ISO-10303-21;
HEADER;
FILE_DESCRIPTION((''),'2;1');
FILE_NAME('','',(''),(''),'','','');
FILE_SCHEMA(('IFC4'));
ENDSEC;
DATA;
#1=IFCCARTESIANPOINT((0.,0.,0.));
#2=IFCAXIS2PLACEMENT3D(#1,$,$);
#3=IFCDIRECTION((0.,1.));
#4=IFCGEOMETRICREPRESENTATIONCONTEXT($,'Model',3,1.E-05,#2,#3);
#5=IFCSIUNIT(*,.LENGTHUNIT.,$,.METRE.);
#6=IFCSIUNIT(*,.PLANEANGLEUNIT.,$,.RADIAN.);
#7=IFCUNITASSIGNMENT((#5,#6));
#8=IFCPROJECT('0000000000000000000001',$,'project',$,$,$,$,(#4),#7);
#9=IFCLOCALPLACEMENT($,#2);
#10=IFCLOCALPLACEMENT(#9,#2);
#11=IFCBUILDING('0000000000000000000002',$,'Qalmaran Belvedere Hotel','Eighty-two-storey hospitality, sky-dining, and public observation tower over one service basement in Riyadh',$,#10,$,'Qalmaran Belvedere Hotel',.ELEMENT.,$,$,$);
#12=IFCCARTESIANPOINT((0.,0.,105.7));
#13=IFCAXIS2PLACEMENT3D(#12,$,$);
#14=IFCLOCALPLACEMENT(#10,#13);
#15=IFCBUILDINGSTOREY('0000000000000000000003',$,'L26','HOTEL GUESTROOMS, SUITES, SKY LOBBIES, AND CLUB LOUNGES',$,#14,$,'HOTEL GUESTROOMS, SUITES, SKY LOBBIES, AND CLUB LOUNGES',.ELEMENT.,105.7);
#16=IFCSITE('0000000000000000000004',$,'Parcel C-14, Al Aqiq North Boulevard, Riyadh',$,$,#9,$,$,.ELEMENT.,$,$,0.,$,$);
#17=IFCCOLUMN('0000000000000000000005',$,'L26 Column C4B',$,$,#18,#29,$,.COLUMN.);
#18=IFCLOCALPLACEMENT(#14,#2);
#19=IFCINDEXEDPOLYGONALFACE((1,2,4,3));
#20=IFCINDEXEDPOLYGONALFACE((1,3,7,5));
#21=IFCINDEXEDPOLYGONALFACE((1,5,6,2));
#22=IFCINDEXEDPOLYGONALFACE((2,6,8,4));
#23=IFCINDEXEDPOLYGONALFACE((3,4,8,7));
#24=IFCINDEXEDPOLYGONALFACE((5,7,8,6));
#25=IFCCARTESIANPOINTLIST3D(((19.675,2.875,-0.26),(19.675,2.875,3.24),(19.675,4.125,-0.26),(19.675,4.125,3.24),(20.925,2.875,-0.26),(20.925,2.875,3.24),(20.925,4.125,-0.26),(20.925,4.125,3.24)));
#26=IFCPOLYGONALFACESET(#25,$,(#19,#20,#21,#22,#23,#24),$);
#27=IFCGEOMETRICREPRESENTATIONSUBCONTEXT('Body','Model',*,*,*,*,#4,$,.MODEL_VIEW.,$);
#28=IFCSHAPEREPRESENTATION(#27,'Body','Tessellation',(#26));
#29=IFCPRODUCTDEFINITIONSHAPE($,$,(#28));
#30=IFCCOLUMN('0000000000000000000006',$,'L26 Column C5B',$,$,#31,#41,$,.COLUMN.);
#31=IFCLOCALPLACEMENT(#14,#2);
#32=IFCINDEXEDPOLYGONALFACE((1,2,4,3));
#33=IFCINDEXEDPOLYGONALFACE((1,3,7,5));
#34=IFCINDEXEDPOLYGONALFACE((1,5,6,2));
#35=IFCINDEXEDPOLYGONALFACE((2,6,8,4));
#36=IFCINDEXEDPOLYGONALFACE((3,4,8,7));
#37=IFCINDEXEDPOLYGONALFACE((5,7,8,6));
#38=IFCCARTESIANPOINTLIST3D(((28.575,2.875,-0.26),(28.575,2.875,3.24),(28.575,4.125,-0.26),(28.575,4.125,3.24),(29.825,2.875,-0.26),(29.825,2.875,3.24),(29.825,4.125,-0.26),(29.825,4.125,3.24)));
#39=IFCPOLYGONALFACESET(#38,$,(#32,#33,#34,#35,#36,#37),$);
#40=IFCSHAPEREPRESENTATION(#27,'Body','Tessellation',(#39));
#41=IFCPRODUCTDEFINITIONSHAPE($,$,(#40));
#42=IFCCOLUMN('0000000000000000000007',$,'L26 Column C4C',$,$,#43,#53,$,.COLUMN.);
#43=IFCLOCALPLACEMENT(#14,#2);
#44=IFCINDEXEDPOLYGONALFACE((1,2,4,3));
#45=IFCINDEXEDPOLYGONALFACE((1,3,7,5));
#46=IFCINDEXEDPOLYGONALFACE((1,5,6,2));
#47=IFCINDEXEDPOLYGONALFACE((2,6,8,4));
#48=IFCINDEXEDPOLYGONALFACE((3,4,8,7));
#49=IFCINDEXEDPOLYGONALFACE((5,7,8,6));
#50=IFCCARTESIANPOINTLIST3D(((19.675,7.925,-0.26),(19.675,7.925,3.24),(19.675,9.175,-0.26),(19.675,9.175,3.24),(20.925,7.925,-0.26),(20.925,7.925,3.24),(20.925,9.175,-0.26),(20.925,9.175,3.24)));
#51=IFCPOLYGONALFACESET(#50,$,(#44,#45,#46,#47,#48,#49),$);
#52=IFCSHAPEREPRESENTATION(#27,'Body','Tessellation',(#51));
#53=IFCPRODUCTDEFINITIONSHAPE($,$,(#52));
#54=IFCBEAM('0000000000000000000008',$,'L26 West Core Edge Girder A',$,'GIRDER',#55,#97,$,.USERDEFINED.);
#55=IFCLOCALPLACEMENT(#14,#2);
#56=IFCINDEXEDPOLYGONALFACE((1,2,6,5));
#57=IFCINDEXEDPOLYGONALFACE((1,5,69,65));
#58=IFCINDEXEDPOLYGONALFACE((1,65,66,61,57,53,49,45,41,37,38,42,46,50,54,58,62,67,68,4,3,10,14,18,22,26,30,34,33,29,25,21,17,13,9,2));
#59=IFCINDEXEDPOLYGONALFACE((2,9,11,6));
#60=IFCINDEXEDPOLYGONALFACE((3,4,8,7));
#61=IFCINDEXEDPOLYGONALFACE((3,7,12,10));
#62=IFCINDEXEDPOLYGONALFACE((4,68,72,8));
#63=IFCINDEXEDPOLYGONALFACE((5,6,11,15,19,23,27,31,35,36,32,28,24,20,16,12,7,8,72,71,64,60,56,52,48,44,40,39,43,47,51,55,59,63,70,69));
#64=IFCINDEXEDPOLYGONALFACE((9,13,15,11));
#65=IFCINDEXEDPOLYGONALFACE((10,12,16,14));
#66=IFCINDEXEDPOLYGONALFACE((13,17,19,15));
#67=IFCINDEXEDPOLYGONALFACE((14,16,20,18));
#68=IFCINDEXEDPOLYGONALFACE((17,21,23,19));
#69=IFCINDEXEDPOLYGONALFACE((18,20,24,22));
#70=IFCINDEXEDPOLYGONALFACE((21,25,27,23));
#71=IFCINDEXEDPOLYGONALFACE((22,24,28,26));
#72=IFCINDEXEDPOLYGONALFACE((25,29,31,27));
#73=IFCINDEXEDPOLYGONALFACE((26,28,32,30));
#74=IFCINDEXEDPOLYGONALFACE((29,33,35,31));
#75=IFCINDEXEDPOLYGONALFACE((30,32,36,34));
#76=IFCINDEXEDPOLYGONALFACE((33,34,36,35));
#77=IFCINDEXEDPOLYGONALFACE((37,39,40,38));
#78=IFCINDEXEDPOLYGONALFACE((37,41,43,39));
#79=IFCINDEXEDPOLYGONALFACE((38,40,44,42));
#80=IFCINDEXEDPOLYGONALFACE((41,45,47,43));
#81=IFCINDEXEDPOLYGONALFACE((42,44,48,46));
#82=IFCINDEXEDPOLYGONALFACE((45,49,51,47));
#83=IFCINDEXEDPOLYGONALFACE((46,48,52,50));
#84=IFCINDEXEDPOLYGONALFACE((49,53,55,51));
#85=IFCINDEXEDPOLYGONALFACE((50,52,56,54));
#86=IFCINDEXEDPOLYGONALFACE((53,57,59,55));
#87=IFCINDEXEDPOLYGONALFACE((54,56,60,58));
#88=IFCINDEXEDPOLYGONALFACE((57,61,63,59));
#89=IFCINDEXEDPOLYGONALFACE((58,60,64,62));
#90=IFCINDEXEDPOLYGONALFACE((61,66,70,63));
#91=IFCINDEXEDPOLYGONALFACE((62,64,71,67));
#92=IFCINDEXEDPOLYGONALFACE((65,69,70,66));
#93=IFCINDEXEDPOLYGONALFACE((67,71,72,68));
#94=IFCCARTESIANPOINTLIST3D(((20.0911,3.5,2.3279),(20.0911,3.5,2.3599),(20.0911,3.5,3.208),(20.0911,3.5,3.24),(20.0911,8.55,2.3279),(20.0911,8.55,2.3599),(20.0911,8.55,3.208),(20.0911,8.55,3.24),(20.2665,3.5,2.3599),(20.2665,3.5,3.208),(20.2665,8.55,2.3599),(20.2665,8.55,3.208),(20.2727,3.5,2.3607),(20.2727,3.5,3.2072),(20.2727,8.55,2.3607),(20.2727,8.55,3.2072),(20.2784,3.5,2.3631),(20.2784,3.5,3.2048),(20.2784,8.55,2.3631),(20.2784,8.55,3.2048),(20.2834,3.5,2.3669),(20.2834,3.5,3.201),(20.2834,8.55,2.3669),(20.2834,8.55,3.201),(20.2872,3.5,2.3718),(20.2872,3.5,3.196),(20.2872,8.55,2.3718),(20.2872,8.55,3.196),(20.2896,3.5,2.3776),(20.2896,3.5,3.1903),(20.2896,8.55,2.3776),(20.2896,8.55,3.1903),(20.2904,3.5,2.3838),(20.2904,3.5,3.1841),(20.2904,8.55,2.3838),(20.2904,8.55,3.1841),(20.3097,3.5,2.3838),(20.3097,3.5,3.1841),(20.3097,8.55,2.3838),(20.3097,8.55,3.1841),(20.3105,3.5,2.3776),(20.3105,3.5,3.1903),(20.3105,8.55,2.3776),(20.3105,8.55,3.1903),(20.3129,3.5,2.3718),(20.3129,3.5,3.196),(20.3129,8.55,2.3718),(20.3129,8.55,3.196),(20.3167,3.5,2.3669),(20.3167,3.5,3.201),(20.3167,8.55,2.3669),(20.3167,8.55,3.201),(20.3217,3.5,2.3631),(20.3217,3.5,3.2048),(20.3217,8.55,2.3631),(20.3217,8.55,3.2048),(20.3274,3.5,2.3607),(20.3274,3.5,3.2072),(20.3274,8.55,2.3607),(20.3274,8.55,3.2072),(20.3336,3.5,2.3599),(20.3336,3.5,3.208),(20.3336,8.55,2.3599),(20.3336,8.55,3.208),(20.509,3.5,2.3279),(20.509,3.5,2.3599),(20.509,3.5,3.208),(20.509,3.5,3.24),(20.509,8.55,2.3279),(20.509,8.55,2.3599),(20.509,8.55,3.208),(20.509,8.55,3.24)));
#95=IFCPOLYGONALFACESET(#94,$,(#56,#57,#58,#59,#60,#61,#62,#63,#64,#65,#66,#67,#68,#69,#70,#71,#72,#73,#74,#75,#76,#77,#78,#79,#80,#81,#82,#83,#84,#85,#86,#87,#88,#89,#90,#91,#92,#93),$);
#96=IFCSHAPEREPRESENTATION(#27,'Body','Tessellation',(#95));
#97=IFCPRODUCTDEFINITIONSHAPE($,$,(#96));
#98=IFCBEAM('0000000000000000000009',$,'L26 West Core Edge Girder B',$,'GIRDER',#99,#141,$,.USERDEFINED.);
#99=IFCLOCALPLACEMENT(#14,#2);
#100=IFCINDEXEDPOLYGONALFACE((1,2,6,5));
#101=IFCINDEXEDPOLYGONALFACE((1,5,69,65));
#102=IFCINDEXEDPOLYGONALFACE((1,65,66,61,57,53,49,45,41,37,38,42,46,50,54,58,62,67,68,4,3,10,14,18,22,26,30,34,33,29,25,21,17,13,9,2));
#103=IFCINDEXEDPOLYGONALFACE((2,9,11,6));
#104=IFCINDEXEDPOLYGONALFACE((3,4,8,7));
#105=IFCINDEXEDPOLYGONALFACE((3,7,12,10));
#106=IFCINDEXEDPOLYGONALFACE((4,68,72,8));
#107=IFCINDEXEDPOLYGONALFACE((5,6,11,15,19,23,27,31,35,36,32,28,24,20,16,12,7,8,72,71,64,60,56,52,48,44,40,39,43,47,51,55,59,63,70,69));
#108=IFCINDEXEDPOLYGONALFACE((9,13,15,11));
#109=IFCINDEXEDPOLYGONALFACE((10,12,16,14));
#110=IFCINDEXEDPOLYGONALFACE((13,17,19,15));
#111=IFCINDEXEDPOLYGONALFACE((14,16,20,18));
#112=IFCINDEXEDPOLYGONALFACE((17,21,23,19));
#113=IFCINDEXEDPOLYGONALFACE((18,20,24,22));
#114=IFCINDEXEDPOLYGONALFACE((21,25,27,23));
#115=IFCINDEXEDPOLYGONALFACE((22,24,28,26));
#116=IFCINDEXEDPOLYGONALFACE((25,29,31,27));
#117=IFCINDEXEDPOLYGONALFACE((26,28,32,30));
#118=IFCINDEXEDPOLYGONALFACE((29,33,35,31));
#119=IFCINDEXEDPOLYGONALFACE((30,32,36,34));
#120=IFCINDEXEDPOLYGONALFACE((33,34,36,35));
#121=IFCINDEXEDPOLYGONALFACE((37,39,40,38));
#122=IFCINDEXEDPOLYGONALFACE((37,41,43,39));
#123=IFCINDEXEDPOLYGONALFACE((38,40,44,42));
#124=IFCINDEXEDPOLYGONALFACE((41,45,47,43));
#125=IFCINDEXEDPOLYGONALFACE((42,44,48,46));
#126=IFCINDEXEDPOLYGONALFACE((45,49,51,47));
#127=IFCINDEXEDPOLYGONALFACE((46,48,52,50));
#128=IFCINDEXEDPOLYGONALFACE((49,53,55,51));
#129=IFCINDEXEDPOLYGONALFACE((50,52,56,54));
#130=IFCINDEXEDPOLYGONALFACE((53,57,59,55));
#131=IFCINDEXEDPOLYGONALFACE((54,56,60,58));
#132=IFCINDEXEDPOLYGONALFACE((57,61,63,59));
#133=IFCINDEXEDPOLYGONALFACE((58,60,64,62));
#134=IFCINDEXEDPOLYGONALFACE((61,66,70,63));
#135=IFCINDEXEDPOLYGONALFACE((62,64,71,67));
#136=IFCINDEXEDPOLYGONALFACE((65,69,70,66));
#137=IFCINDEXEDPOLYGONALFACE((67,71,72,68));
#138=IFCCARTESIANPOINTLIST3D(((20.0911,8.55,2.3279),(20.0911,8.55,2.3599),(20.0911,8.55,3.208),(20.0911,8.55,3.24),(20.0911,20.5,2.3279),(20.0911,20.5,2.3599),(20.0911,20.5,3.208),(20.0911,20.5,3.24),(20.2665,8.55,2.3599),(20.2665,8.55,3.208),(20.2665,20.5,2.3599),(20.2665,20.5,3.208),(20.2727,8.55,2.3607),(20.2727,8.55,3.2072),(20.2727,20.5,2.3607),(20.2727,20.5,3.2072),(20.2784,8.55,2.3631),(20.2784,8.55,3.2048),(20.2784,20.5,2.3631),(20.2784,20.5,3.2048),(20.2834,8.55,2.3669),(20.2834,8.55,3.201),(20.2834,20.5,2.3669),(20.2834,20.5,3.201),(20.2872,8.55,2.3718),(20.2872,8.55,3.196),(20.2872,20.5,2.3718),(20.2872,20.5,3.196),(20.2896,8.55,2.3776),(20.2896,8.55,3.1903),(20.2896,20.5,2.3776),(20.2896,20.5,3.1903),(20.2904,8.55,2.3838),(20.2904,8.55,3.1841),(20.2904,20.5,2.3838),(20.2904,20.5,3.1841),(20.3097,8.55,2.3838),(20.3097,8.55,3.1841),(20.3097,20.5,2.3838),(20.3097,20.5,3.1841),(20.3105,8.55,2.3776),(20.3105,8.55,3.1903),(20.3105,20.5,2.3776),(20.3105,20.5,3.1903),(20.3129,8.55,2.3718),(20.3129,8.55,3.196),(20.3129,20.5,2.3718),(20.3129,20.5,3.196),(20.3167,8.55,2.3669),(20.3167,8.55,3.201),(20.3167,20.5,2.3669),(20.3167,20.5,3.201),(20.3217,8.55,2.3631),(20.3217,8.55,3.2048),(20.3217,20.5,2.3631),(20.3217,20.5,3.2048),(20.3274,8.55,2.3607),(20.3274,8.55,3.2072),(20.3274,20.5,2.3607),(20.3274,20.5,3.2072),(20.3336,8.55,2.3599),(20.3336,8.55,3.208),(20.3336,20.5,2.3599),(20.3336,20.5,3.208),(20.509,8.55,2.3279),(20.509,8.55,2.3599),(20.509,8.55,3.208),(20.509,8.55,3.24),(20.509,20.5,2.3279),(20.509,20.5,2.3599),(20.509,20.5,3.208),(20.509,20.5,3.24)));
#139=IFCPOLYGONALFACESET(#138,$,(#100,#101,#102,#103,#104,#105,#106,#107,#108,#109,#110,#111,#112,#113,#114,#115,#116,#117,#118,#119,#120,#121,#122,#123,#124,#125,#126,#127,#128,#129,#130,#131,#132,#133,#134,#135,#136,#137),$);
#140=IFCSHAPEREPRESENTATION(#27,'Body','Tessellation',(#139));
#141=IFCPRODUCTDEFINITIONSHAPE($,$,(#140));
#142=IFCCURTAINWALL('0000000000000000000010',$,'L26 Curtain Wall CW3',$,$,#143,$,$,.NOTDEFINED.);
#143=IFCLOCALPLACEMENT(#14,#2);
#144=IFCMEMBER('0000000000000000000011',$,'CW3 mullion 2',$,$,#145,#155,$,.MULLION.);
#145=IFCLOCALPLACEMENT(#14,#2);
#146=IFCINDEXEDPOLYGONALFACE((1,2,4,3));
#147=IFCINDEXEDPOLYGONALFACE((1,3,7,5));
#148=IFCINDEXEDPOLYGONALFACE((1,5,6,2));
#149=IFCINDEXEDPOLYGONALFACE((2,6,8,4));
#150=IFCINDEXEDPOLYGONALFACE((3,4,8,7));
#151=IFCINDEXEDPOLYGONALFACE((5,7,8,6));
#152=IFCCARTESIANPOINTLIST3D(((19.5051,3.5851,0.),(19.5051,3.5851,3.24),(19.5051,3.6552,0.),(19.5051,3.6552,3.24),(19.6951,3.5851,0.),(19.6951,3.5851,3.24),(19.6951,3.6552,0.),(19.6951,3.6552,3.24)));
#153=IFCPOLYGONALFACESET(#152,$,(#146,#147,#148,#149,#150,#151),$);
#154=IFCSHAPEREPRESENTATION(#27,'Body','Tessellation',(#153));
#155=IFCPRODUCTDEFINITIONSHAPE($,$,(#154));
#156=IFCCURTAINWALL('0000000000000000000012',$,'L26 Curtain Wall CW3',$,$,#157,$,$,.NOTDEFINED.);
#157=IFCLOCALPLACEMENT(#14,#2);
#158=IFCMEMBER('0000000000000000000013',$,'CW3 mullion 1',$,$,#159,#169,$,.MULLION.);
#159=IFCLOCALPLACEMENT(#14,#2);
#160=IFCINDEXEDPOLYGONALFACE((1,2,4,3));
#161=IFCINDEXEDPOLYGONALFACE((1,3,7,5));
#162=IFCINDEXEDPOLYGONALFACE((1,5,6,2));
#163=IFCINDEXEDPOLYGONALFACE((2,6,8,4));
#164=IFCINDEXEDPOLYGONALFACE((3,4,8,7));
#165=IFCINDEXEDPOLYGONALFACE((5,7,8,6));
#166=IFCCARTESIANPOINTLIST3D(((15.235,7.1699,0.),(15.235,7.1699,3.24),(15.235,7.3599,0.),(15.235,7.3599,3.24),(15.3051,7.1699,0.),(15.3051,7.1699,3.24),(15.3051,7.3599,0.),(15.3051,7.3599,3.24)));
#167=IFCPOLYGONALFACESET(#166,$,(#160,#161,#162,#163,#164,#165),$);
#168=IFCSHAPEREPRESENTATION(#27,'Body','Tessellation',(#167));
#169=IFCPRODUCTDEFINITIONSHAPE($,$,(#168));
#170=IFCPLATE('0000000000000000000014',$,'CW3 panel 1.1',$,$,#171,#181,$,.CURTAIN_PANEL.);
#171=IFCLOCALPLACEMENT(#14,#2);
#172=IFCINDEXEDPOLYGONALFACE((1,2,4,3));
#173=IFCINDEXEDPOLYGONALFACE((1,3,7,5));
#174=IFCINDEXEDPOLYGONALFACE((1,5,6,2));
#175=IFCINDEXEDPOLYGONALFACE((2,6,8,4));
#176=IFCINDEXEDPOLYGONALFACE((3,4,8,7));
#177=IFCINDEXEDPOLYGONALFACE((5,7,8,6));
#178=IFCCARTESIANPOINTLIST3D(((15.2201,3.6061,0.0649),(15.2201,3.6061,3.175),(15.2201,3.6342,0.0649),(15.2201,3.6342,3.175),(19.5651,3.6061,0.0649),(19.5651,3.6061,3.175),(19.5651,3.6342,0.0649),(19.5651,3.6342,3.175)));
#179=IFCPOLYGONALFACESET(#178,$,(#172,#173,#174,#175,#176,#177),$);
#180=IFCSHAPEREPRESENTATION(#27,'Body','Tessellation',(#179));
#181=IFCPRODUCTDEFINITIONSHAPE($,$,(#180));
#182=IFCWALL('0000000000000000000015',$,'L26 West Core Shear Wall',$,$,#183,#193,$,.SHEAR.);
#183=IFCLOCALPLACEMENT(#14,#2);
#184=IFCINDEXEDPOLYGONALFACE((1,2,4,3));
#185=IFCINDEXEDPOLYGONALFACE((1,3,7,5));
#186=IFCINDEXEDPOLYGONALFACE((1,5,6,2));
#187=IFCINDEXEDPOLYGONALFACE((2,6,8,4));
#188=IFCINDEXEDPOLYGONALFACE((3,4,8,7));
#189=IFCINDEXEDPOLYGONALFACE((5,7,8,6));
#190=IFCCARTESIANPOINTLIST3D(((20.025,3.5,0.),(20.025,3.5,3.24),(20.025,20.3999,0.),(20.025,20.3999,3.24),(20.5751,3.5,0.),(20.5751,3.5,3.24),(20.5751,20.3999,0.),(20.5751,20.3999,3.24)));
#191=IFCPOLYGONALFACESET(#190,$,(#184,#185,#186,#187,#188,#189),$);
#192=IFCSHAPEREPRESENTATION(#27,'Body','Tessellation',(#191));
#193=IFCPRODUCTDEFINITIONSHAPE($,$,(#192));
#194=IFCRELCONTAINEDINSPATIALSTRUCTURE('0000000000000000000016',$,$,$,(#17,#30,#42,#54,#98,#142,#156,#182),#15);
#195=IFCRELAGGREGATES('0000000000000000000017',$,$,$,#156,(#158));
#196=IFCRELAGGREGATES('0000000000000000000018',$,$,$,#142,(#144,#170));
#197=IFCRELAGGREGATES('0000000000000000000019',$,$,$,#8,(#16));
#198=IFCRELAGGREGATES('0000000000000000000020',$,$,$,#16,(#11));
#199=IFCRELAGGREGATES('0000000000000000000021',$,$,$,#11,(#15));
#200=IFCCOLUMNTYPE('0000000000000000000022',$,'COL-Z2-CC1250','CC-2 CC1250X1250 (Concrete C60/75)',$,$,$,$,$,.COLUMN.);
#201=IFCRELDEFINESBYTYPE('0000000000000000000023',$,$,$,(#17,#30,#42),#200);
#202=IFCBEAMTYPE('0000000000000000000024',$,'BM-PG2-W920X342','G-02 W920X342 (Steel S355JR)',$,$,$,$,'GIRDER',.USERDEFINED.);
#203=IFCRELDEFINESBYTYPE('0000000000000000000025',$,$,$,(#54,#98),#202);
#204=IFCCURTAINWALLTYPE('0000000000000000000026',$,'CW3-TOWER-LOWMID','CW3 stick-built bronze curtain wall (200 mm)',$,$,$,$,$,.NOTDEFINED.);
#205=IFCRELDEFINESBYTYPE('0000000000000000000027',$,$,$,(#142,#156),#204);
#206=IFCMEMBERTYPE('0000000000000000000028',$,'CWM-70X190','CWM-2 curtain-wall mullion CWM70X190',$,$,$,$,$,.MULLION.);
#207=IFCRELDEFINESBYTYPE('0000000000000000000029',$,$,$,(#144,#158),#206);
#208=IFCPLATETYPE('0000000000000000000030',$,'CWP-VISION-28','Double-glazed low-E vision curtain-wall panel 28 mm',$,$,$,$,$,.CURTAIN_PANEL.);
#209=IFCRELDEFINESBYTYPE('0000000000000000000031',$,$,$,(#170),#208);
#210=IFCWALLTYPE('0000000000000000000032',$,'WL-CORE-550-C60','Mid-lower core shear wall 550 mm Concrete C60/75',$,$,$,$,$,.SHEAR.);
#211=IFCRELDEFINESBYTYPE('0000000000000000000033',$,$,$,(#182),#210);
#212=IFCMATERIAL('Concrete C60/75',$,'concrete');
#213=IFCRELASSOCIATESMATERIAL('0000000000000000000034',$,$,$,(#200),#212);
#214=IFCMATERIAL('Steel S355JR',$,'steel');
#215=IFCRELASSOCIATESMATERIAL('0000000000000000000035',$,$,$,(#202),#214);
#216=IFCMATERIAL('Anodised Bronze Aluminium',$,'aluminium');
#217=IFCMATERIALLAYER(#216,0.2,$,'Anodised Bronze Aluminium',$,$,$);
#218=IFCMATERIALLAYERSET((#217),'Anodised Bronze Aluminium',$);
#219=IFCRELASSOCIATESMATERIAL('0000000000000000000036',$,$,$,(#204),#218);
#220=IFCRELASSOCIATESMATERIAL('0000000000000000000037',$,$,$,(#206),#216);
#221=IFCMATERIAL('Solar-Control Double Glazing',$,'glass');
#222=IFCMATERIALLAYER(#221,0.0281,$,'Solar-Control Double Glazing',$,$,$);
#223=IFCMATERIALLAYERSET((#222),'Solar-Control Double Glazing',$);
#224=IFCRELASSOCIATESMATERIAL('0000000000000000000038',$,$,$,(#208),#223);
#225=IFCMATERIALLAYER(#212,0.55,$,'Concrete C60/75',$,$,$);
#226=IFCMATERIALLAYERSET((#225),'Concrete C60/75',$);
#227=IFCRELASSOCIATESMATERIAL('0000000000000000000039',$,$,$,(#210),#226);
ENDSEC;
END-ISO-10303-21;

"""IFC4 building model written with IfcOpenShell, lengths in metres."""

from ifc_helpers import new_model, si_unit, direction, frame, frame_2d, origin, origin_2d, place, context, subcontext, project, spatial, rectangle, i_section, extrude, material, layer, layer_set, material_profile, profile_set, type_object, element, aggregate, save


model = new_model("IFC4")

# Units and contexts
model_context = context("Model", 3, precision=1e-05, world=origin(), true_north=direction((0.0, 1.0)))
body_context = subcontext(model_context, "Body", "Model", "MODEL_VIEW")
ifc_project = project(units=[si_unit("LENGTHUNIT", "METRE"), si_unit("PLANEANGLEUNIT", "RADIAN")], contexts=[model_context])

# Site, building, storey
site_placement = place(None, origin())
site = spatial("IfcSite", under=ifc_project, at=site_placement, Name="Parcel C-14, Al Aqiq North Boulevard, Riyadh", CompositionType="ELEMENT", RefElevation=0.0)
building_placement = place(site_placement, origin())
building = spatial("IfcBuilding", under=site, at=building_placement, Name="Qalmaran Belvedere Hotel", Description="Eighty-two-storey hospitality, sky-dining, and public observation tower over one service basement in Riyadh", LongName="Qalmaran Belvedere Hotel", CompositionType="ELEMENT")
storey_placement = place(building_placement, frame((0.0, 0.0, 105.7)))
storey = spatial("IfcBuildingStorey", under=building, at=storey_placement, Name="L26", Description="HOTEL GUESTROOMS, SUITES, SKY LOBBIES, AND CLUB LOUNGES", LongName="HOTEL GUESTROOMS, SUITES, SKY LOBBIES, AND CLUB LOUNGES", CompositionType="ELEMENT", Elevation=105.7)

# Columns
ifc_material_1 = material(Name="Concrete C60/75", Category="concrete")
ifc_material_profile_1 = material_profile(ifc_material_1, rectangle(XDim=1.25, YDim=1.25, at=origin_2d()), Name="CC1250X1250")
ifc_profile_set_1 = profile_set([ifc_material_profile_1], Name="Concrete C60/75")
column_type = type_object("IfcColumnType", Name="COL-Z2-CC1250", Description="CC-2 CC1250X1250 (Concrete C60/75)", PredefinedType="COLUMN", material=ifc_profile_set_1)
for number, where, z_axis, x_axis, name in (
    (1, (20.3, 3.5, -0.26), (0.0, 0.0, 1.0), (1.0, 0.0, 0.0), "L26 Column C4B"),
    (2, (29.2, 3.5, -0.26), (0.0, 0.0, 1.0), (1.0, 0.0, 0.0), "L26 Column C5B"),
    (3, (20.3, 8.55, -0.26), (0.0, 0.0, 1.0), (1.0, 0.0, 0.0), "L26 Column C4C"),
):
    element("IfcColumn", number, at=place(storey_placement, frame(where, z_axis=z_axis, x_axis=x_axis)), inside=storey, type_object=column_type, Name=name, PredefinedType="COLUMN", context=body_context, shape_type="SweptSolid", body=[
        extrude(rectangle(XDim=1.25, YDim=1.25, at=origin_2d()), origin(), (0.0, 0.0, 1.0), 3.5),
    ])

# Beams
ifc_material_2 = material(Name="Steel S355JR", Category="steel")
ifc_material_profile_2 = material_profile(ifc_material_2, i_section(OverallWidth=0.418, OverallDepth=0.9121, WebThickness=0.0193, FlangeThickness=0.032, FilletRadius=0.0239, at=origin_2d()), Name="W920X342")
ifc_profile_set_2 = profile_set([ifc_material_profile_2], Name="Steel S355JR")
beam_type = type_object("IfcBeamType", Name="BM-PG2-W920X342", Description="G-02 W920X342 (Steel S355JR)", ElementType="GIRDER", PredefinedType="USERDEFINED", material=ifc_profile_set_2)
beam_1_placement = place(storey_placement, frame((20.3, 3.5, 2.7839), z_axis=(0.0, 1.0, 0.0), x_axis=(-1.0, 0.0, 0.0)))
element("IfcBeam", 4, at=beam_1_placement, inside=storey, type_object=beam_type, Name="L26 West Core Edge Girder A", ObjectType="GIRDER", PredefinedType="USERDEFINED", context=body_context, shape_type="SweptSolid", body=[
    extrude(i_section(OverallWidth=0.418, OverallDepth=0.9121, WebThickness=0.0193, FlangeThickness=0.032, FilletRadius=0.0239, at=origin_2d()), origin(), (0.0, 0.0, 1.0), 5.05),
])
beam_2_placement = place(storey_placement, frame((20.3, 8.55, 2.7839), z_axis=(0.0, 1.0, 0.0), x_axis=(-1.0, 0.0, 0.0)))
element("IfcBeam", 5, at=beam_2_placement, inside=storey, type_object=beam_type, Name="L26 West Core Edge Girder B", ObjectType="GIRDER", PredefinedType="USERDEFINED", context=body_context, shape_type="SweptSolid", body=[
    extrude(i_section(OverallWidth=0.418, OverallDepth=0.9121, WebThickness=0.0193, FlangeThickness=0.032, FilletRadius=0.0239, at=origin_2d()), origin(), (0.0, 0.0, 1.0), 11.95),
])

# Curtain walls, members
ifc_material_3 = material(Name="Anodised Bronze Aluminium", Category="aluminium")
ifc_layer_1 = layer(ifc_material_3, 0.2, Name="Anodised Bronze Aluminium")
ifc_layer_set_1 = layer_set([ifc_layer_1], Name="Anodised Bronze Aluminium")
curtain_wall_type = type_object("IfcCurtainWallType", Name="CW3-TOWER-LOWMID", Description="CW3 stick-built bronze curtain wall (200 mm)", PredefinedType="NOTDEFINED", material=ifc_layer_set_1)
curtain_wall_1_placement = place(storey_placement, origin())
curtain_wall_1 = element("IfcCurtainWall", 6, at=curtain_wall_1_placement, inside=storey, type_object=curtain_wall_type, Name="L26 Curtain Wall CW3", PredefinedType="NOTDEFINED")
ifc_material_profile_3 = material_profile(ifc_material_3, rectangle(XDim=0.0701, YDim=0.1899, at=origin_2d()), Name="CWM70X190")
ifc_profile_set_3 = profile_set([ifc_material_profile_3], Name="Anodised Bronze Aluminium")
member_type = type_object("IfcMemberType", Name="CWM-70X190", Description="CWM-2 curtain-wall mullion CWM70X190", PredefinedType="MULLION", material=ifc_profile_set_3)
member_1_placement = place(storey_placement, frame((19.6001, 3.6201, 0.0), z_axis=(0.0, 0.0, 1.0), x_axis=(0.0, 1.0, 0.0)))
member_1 = element("IfcMember", 7, at=member_1_placement, type_object=member_type, Name="CW3 mullion 2", PredefinedType="MULLION", context=body_context, shape_type="SweptSolid", body=[
    extrude(rectangle(XDim=0.0701, YDim=0.1899, at=origin_2d()), origin(), (0.0, 0.0, 1.0), 3.24),
])
curtain_wall_2_placement = place(storey_placement, origin())
curtain_wall_2 = element("IfcCurtainWall", 8, at=curtain_wall_2_placement, inside=storey, type_object=curtain_wall_type, Name="L26 Curtain Wall CW3", PredefinedType="NOTDEFINED")
member_2_placement = place(storey_placement, frame((15.27, 7.2649, 0.0), z_axis=(0.0, 0.0, 1.0), x_axis=(1.0, 0.0, 0.0)))
member_2 = element("IfcMember", 9, at=member_2_placement, type_object=member_type, Name="CW3 mullion 1", PredefinedType="MULLION", context=body_context, shape_type="SweptSolid", body=[
    extrude(rectangle(XDim=0.0701, YDim=0.1899, at=origin_2d()), origin(), (0.0, 0.0, 1.0), 3.24),
])
aggregate(curtain_wall_2, [member_2])

# Plate
ifc_material_4 = material(Name="Solar-Control Double Glazing", Category="glass")
ifc_layer_2 = layer(ifc_material_4, 0.0281, Name="Solar-Control Double Glazing")
ifc_layer_set_2 = layer_set([ifc_layer_2], Name="Solar-Control Double Glazing")
plate_type = type_object("IfcPlateType", Name="CWP-VISION-28", Description="Double-glazed low-E vision curtain-wall panel 28 mm", PredefinedType="CURTAIN_PANEL", material=ifc_layer_set_2)
plate_placement = place(storey_placement, frame((17.3926, 3.6201, 0.0649), z_axis=(0.0, 0.0, 1.0), x_axis=(1.0, 0.0, 0.0)))
plate = element("IfcPlate", 10, at=plate_placement, type_object=plate_type, Name="CW3 panel 1.1", PredefinedType="CURTAIN_PANEL", context=body_context, shape_type="SweptSolid", body=[
    extrude(rectangle(XDim=4.345, YDim=0.0281, at=origin_2d()), origin(), (0.0, 0.0, 1.0), 3.1101),
])
aggregate(curtain_wall_1, [member_1, plate])

# Wall
ifc_layer_3 = layer(ifc_material_1, 0.55, Name="Concrete C60/75")
ifc_layer_set_3 = layer_set([ifc_layer_3], Name="Concrete C60/75")
wall_type_1 = type_object("IfcWallType", Name="WL-CORE-550-C60", Description="Mid-lower core shear wall 550 mm Concrete C60/75", PredefinedType="SHEAR", material=ifc_layer_set_3)
wall_1_placement = place(storey_placement, frame((20.3, 3.5, 0.0), z_axis=(0.0, 0.0, 1.0), x_axis=(0.0, 1.0, 0.0)))
element("IfcWall", 11, at=wall_1_placement, inside=storey, type_object=wall_type_1, Name="L26 West Core Shear Wall", PredefinedType="SHEAR", context=body_context, shape_type="SweptSolid", body=[
    extrude(rectangle(XDim=16.8999, YDim=0.55, at=frame_2d((8.45, 0.0))), origin(), (0.0, 0.0, 1.0), 3.24),
])

save(model, "model.ifc")
